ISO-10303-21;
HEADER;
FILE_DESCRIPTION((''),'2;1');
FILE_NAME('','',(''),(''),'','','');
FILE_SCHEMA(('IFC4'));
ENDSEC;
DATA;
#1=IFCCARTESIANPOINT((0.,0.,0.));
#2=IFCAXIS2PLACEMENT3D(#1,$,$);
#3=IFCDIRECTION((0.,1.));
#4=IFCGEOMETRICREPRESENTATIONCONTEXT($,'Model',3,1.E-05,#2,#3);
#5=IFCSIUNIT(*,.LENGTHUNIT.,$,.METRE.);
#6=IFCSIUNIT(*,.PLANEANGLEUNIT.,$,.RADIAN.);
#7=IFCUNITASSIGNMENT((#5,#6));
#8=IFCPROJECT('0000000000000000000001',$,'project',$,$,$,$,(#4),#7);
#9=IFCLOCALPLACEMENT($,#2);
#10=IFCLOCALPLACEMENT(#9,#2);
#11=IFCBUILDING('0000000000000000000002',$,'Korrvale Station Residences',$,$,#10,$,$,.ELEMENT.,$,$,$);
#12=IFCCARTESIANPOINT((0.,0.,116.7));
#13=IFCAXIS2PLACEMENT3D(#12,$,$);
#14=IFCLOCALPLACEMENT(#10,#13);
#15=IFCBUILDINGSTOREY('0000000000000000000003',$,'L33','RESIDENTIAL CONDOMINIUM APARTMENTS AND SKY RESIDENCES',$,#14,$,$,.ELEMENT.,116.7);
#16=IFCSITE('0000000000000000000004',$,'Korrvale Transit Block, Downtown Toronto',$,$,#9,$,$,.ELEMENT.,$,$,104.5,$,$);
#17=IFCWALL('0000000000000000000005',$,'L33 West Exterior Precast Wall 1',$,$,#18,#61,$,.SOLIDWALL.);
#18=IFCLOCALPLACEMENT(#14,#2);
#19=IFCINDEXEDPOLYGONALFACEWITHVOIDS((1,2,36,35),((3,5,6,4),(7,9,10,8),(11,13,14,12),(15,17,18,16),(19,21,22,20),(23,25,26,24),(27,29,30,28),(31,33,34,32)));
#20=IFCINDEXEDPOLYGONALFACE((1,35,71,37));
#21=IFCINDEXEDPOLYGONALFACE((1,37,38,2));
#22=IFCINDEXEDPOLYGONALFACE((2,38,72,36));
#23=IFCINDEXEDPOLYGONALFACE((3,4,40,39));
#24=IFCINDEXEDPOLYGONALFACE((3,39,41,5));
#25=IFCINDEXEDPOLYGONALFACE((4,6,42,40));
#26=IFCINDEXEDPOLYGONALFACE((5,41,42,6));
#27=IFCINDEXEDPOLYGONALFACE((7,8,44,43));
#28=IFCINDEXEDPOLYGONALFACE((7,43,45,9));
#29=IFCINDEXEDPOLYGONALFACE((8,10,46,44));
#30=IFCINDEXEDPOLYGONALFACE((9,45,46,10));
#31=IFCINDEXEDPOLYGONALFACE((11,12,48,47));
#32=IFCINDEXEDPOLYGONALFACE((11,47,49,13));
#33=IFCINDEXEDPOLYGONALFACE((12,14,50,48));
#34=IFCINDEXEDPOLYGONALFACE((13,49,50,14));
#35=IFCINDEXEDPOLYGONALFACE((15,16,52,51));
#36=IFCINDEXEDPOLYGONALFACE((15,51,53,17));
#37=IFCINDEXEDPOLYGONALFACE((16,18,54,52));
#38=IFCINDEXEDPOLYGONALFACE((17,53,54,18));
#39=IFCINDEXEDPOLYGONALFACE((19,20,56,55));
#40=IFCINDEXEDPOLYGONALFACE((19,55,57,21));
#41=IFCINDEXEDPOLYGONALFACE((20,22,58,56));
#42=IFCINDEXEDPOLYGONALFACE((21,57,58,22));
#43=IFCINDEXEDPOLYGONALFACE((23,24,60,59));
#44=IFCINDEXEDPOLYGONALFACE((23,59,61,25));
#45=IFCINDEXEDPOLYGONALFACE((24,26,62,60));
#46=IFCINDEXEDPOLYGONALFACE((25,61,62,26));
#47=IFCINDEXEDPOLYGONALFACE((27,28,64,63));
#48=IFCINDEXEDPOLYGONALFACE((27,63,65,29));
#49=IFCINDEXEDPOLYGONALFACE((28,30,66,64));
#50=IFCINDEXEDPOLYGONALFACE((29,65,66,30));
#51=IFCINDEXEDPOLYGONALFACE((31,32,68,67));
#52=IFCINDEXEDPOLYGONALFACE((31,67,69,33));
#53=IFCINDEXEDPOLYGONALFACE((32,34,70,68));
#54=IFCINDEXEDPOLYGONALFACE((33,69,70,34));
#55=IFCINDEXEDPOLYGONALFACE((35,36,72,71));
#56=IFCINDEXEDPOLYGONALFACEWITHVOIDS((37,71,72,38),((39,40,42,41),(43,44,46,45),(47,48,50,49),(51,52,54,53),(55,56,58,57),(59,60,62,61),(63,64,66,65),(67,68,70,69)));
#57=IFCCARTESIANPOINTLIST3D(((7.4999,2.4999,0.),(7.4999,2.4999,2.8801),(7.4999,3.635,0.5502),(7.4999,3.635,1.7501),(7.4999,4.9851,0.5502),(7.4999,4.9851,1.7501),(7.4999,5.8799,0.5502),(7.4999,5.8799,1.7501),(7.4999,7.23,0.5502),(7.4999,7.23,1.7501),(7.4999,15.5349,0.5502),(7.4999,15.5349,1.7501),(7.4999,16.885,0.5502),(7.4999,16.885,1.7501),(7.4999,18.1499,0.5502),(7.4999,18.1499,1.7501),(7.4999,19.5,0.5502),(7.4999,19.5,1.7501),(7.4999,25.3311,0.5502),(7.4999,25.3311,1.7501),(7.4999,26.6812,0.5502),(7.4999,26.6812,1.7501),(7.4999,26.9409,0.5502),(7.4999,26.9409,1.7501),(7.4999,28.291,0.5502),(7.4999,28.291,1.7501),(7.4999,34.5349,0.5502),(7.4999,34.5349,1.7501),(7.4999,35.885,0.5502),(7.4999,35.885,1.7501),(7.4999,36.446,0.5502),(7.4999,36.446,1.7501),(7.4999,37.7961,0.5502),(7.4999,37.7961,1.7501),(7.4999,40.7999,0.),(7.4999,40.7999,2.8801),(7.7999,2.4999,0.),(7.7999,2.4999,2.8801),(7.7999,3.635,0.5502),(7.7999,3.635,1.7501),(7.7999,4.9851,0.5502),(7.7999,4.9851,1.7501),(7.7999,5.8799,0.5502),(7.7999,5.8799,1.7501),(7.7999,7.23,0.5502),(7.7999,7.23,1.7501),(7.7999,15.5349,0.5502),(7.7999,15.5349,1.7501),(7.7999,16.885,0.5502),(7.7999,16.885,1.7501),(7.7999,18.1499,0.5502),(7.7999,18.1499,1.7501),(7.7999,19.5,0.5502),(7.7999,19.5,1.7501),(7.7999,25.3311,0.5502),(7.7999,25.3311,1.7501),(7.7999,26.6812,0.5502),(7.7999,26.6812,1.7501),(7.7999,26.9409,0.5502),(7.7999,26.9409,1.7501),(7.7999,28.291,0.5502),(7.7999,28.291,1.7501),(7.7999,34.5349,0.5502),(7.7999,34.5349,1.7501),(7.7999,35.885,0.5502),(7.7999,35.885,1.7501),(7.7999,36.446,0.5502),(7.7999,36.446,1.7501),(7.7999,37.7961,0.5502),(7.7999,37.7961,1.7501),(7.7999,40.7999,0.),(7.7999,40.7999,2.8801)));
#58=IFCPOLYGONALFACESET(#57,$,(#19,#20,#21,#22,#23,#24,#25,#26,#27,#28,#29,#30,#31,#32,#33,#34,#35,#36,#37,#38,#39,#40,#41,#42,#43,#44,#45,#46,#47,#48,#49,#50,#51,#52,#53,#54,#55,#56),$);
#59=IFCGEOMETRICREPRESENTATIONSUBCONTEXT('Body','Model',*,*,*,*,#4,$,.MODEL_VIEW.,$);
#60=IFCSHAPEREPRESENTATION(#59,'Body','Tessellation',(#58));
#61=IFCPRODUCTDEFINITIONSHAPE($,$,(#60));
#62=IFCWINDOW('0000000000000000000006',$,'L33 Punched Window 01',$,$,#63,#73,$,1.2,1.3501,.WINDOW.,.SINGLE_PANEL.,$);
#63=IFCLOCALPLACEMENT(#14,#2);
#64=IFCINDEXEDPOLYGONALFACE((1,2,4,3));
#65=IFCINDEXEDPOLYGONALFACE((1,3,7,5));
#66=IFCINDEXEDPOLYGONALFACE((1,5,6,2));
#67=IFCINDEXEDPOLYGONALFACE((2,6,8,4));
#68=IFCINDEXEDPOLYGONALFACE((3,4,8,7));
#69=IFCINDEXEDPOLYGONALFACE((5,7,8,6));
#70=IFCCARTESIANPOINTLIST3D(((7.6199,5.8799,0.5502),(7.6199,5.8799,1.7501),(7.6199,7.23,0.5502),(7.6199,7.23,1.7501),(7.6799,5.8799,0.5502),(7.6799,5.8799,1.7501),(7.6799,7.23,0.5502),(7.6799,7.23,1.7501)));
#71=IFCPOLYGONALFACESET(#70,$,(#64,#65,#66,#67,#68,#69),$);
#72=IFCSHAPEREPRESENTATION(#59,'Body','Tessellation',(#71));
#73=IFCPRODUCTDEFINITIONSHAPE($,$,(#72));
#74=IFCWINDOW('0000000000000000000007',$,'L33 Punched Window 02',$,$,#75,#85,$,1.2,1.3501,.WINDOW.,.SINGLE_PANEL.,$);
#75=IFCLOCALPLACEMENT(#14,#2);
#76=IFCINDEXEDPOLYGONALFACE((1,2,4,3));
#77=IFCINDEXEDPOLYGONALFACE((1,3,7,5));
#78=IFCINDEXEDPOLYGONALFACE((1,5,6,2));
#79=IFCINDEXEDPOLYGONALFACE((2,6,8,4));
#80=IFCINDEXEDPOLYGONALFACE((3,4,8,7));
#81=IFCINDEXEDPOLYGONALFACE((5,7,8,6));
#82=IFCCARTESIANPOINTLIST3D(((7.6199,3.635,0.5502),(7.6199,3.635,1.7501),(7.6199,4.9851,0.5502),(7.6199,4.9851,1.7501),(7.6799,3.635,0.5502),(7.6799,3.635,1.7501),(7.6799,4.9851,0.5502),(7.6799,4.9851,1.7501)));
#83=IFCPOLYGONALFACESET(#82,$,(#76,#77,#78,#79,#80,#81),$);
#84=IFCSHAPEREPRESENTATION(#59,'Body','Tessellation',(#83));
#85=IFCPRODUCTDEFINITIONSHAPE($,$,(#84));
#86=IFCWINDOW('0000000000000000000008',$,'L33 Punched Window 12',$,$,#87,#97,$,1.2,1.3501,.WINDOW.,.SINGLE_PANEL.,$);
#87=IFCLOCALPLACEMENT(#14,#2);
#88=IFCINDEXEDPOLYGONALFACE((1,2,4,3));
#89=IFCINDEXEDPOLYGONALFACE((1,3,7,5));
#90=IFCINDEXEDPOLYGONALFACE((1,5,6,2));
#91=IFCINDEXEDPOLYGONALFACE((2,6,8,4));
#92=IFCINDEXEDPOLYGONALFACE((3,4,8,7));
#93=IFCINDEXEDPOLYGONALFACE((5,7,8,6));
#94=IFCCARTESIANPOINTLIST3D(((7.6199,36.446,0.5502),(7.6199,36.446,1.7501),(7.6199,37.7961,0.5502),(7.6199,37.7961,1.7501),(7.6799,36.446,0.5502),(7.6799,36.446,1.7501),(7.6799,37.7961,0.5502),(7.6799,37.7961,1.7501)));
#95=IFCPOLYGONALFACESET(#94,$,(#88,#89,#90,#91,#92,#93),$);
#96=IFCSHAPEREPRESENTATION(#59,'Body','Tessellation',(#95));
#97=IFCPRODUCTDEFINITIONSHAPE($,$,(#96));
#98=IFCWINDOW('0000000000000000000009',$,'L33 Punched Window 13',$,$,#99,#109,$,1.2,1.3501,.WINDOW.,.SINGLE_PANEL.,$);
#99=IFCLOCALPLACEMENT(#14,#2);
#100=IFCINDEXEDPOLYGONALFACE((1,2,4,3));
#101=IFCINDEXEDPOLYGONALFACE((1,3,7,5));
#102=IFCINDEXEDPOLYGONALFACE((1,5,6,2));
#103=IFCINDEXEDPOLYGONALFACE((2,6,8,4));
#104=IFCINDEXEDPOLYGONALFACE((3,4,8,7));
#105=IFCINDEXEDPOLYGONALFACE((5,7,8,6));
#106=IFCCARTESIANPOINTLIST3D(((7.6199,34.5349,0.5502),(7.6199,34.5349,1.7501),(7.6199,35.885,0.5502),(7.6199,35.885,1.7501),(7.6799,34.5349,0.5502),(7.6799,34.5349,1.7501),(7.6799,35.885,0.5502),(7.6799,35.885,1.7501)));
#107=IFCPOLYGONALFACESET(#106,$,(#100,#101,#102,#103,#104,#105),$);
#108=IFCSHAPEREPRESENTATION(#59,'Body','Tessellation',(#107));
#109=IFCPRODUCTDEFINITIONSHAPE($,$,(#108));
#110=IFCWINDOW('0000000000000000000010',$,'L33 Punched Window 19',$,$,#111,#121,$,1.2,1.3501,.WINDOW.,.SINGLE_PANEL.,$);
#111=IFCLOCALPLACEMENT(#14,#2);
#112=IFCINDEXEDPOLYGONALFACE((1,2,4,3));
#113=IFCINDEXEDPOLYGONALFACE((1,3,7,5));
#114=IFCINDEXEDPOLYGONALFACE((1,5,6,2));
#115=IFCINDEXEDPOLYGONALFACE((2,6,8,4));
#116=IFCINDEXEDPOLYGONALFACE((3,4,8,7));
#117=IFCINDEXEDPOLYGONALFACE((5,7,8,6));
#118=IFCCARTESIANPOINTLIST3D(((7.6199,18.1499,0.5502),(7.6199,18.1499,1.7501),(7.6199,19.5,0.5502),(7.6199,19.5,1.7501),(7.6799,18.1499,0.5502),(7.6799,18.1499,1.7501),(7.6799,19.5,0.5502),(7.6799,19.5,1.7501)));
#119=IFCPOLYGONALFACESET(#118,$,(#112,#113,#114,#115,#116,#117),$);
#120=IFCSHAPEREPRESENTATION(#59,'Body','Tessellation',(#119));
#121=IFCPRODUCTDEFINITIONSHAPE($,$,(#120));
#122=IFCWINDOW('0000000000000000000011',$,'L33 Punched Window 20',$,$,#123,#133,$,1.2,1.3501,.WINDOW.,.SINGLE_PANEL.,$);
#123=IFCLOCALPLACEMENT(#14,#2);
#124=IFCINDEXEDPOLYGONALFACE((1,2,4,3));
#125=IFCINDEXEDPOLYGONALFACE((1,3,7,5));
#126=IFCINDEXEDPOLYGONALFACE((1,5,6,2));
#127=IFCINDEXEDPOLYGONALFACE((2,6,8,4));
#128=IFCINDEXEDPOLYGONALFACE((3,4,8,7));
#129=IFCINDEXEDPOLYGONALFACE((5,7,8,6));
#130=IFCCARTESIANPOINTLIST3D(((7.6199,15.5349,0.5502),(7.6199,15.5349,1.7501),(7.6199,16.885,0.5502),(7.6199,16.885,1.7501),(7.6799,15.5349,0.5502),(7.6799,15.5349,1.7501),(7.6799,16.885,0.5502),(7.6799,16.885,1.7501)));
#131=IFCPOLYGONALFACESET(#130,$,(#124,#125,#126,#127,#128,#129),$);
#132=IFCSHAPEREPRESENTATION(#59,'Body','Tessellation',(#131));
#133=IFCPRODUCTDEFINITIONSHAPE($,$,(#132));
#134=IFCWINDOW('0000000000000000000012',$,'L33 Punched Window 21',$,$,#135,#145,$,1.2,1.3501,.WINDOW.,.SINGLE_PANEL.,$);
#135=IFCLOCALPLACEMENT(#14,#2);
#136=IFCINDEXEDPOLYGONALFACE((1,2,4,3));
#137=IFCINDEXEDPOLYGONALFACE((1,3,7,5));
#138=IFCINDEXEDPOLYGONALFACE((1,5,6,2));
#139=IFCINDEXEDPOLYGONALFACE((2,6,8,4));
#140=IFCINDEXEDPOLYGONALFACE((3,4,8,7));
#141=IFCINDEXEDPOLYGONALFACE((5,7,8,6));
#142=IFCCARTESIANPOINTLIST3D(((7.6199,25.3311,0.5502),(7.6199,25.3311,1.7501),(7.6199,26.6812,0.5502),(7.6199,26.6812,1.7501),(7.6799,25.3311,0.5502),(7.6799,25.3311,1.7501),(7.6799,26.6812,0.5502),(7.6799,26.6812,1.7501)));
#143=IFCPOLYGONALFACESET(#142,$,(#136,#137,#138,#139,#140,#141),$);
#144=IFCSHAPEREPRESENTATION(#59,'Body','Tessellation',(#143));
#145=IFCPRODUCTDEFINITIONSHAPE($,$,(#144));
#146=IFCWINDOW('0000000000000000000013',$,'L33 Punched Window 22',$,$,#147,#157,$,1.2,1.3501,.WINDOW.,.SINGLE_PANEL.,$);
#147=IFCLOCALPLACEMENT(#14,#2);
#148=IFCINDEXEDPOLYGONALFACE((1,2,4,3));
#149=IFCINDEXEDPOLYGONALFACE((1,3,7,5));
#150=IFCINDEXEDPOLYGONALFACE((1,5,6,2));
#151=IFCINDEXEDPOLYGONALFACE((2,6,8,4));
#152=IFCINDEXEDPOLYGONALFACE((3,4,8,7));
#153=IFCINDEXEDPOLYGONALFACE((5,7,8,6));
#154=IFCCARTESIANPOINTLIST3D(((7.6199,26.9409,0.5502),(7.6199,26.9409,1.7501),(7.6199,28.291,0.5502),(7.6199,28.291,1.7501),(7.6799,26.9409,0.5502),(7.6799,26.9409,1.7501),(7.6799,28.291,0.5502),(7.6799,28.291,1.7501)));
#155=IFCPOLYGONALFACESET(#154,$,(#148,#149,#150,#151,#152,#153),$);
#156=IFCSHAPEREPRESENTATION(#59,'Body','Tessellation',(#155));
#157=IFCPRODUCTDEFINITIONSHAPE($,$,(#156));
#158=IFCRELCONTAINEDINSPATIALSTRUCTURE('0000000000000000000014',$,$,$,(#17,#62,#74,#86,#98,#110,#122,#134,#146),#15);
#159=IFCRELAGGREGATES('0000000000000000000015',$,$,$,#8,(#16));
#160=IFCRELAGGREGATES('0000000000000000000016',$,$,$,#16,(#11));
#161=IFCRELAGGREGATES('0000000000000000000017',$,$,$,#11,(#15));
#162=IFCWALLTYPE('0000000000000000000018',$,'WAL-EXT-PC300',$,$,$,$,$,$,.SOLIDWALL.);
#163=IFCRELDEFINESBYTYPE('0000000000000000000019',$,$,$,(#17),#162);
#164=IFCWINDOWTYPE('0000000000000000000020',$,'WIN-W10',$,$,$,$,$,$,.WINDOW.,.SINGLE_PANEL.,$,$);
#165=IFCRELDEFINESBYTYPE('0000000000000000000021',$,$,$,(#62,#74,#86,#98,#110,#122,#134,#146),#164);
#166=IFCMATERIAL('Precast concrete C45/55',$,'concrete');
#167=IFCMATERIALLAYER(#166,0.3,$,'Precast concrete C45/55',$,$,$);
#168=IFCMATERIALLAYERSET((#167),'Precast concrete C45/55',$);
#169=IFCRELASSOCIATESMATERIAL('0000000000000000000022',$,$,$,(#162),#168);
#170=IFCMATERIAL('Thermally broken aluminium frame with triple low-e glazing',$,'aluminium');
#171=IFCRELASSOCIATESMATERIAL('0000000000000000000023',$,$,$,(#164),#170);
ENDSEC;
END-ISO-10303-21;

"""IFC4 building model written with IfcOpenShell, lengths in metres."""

from ifc_helpers import new_model, si_unit, direction, frame, frame_2d, origin, place, context, subcontext, project, spatial, rectangle, extrude, material, layer, layer_set, type_object, element, fill, save


model = new_model("IFC4")

# Units and contexts
model_context = context("Model", 3, precision=1e-05, world=origin(), true_north=direction((0.0, 1.0)))
body_context = subcontext(model_context, "Body", "Model", "MODEL_VIEW")
ifc_project = project(units=[si_unit("LENGTHUNIT", "METRE"), si_unit("PLANEANGLEUNIT", "RADIAN")], contexts=[model_context])

# Site, building, storey
site_placement = place(None, origin())
site = spatial("IfcSite", under=ifc_project, at=site_placement, Name="Korrvale Transit Block, Downtown Toronto", CompositionType="ELEMENT", RefElevation=104.5)
building_placement = place(site_placement, origin())
building = spatial("IfcBuilding", under=site, at=building_placement, Name="Korrvale Station Residences", CompositionType="ELEMENT")
storey_placement = place(building_placement, frame((0.0, 0.0, 116.7)))
storey = spatial("IfcBuildingStorey", under=building, at=storey_placement, Name="L33", Description="RESIDENTIAL CONDOMINIUM APARTMENTS AND SKY RESIDENCES", CompositionType="ELEMENT", Elevation=116.7)

# Shared definitions
ifc_material_1 = material(Name="Precast concrete C45/55", Category="concrete")
ifc_layer_1 = layer(ifc_material_1, 0.3, Name="Precast concrete C45/55")
ifc_layer_set_1 = layer_set([ifc_layer_1], Name="Precast concrete C45/55")
wall_type_1 = type_object("IfcWallType", Name="WAL-EXT-PC300", PredefinedType="SOLIDWALL", material=ifc_layer_set_1)

# Wall, openings, windows
wall_1_placement = place(storey_placement, frame((7.6499, 2.5, 0.0), z_axis=(0.0, 0.0, 1.0), x_axis=(0.0, 1.0, 0.0)))
wall_1 = element("IfcWall", 1, at=wall_1_placement, inside=storey, type_object=wall_type_1, Name="L33 West Exterior Precast Wall 1", PredefinedType="SOLIDWALL", context=body_context, shape_type="SweptSolid", body=[
    extrude(rectangle(XDim=38.3, YDim=0.3, at=frame_2d((19.1499, 0.0))), origin(), (0.0, 0.0, 1.0), 2.8801),
])
opening_1_placement = place(wall_1_placement, frame((3.3799, 0.0, 0.55)))
opening_1 = element("IfcOpeningElement", 2, at=opening_1_placement, cuts=wall_1, PredefinedType="OPENING", context=body_context, shape_type="SweptSolid", body=[
    extrude(rectangle(XDim=1.3501, YDim=1.2, at=frame_2d((0.675, 0.6001))), frame((0.0, 0.1602, 0.0), z_axis=(0.0, -1.0, 0.0), x_axis=(1.0, 0.0, 0.0)), (0.0, 0.0, 1.0), 0.3201),
])
opening_2_placement = place(wall_1_placement, frame((1.135, 0.0, 0.55)))
opening_2 = element("IfcOpeningElement", 3, at=opening_2_placement, cuts=wall_1, PredefinedType="OPENING", context=body_context, shape_type="SweptSolid", body=[
    extrude(rectangle(XDim=1.3501, YDim=1.2, at=frame_2d((0.675, 0.6001))), frame((0.0, 0.1602, 0.0), z_axis=(0.0, -1.0, 0.0), x_axis=(1.0, 0.0, 0.0)), (0.0, 0.0, 1.0), 0.3201),
])
opening_3_placement = place(wall_1_placement, frame((33.946, 0.0, 0.55)))
opening_3 = element("IfcOpeningElement", 4, at=opening_3_placement, cuts=wall_1, PredefinedType="OPENING", context=body_context, shape_type="SweptSolid", body=[
    extrude(rectangle(XDim=1.3501, YDim=1.2, at=frame_2d((0.675, 0.6001))), frame((0.0, 0.1602, 0.0), z_axis=(0.0, -1.0, 0.0), x_axis=(1.0, 0.0, 0.0)), (0.0, 0.0, 1.0), 0.3201),
])
opening_4_placement = place(wall_1_placement, frame((32.0349, 0.0, 0.55)))
opening_4 = element("IfcOpeningElement", 5, at=opening_4_placement, cuts=wall_1, PredefinedType="OPENING", context=body_context, shape_type="SweptSolid", body=[
    extrude(rectangle(XDim=1.3501, YDim=1.2, at=frame_2d((0.675, 0.6001))), frame((0.0, 0.1602, 0.0), z_axis=(0.0, -1.0, 0.0), x_axis=(1.0, 0.0, 0.0)), (0.0, 0.0, 1.0), 0.3201),
])
opening_5_placement = place(wall_1_placement, frame((15.6499, 0.0, 0.55)))
opening_5 = element("IfcOpeningElement", 6, at=opening_5_placement, cuts=wall_1, PredefinedType="OPENING", context=body_context, shape_type="SweptSolid", body=[
    extrude(rectangle(XDim=1.3501, YDim=1.2, at=frame_2d((0.675, 0.6001))), frame((0.0, 0.1602, 0.0), z_axis=(0.0, -1.0, 0.0), x_axis=(1.0, 0.0, 0.0)), (0.0, 0.0, 1.0), 0.3201),
])
opening_6_placement = place(wall_1_placement, frame((13.0349, 0.0, 0.55)))
opening_6 = element("IfcOpeningElement", 7, at=opening_6_placement, cuts=wall_1, PredefinedType="OPENING", context=body_context, shape_type="SweptSolid", body=[
    extrude(rectangle(XDim=1.3501, YDim=1.2, at=frame_2d((0.675, 0.6001))), frame((0.0, 0.1602, 0.0), z_axis=(0.0, -1.0, 0.0), x_axis=(1.0, 0.0, 0.0)), (0.0, 0.0, 1.0), 0.3201),
])
opening_7_placement = place(wall_1_placement, frame((22.8311, 0.0, 0.55)))
opening_7 = element("IfcOpeningElement", 8, at=opening_7_placement, cuts=wall_1, PredefinedType="OPENING", context=body_context, shape_type="SweptSolid", body=[
    extrude(rectangle(XDim=1.3501, YDim=1.2, at=frame_2d((0.675, 0.6001))), frame((0.0, 0.1602, 0.0), z_axis=(0.0, -1.0, 0.0), x_axis=(1.0, 0.0, 0.0)), (0.0, 0.0, 1.0), 0.3201),
])
opening_8_placement = place(wall_1_placement, frame((24.4409, 0.0, 0.55)))
opening_8 = element("IfcOpeningElement", 9, at=opening_8_placement, cuts=wall_1, PredefinedType="OPENING", context=body_context, shape_type="SweptSolid", body=[
    extrude(rectangle(XDim=1.3501, YDim=1.2, at=frame_2d((0.675, 0.6001))), frame((0.0, 0.1602, 0.0), z_axis=(0.0, -1.0, 0.0), x_axis=(1.0, 0.0, 0.0)), (0.0, 0.0, 1.0), 0.3201),
])
ifc_material_2 = material(Name="Thermally broken aluminium frame with triple low-e glazing", Category="aluminium")
window_type = type_object("IfcWindowType", Name="WIN-W10", PartitioningType="SINGLE_PANEL", PredefinedType="WINDOW", material=ifc_material_2)
window_1_placement = place(opening_1_placement, origin())
window_1 = element("IfcWindow", 10, at=window_1_placement, inside=storey, type_object=window_type, Name="L33 Punched Window 01", OverallHeight=1.2, OverallWidth=1.3501, PartitioningType="SINGLE_PANEL", PredefinedType="WINDOW", context=body_context, shape_type="SweptSolid", body=[
    extrude(rectangle(XDim=1.3501, YDim=1.2, at=frame_2d((0.675, 0.6001))), frame((0.0, 0.03, 0.0), z_axis=(0.0, -1.0, 0.0), x_axis=(1.0, 0.0, 0.0)), (0.0, 0.0, 1.0), 0.0601),
])
fill(opening_1, window_1)
window_2_placement = place(opening_2_placement, origin())
window_2 = element("IfcWindow", 11, at=window_2_placement, inside=storey, type_object=window_type, Name="L33 Punched Window 02", OverallHeight=1.2, OverallWidth=1.3501, PartitioningType="SINGLE_PANEL", PredefinedType="WINDOW", context=body_context, shape_type="SweptSolid", body=[
    extrude(rectangle(XDim=1.3501, YDim=1.2, at=frame_2d((0.675, 0.6001))), frame((0.0, 0.03, 0.0), z_axis=(0.0, -1.0, 0.0), x_axis=(1.0, 0.0, 0.0)), (0.0, 0.0, 1.0), 0.0601),
])
fill(opening_2, window_2)
window_3_placement = place(opening_3_placement, origin())
window_3 = element("IfcWindow", 12, at=window_3_placement, inside=storey, type_object=window_type, Name="L33 Punched Window 12", OverallHeight=1.2, OverallWidth=1.3501, PartitioningType="SINGLE_PANEL", PredefinedType="WINDOW", context=body_context, shape_type="SweptSolid", body=[
    extrude(rectangle(XDim=1.3501, YDim=1.2, at=frame_2d((0.675, 0.6001))), frame((0.0, 0.03, 0.0), z_axis=(0.0, -1.0, 0.0), x_axis=(1.0, 0.0, 0.0)), (0.0, 0.0, 1.0), 0.0601),
])
fill(opening_3, window_3)
window_4_placement = place(opening_4_placement, origin())
window_4 = element("IfcWindow", 13, at=window_4_placement, inside=storey, type_object=window_type, Name="L33 Punched Window 13", OverallHeight=1.2, OverallWidth=1.3501, PartitioningType="SINGLE_PANEL", PredefinedType="WINDOW", context=body_context, shape_type="SweptSolid", body=[
    extrude(rectangle(XDim=1.3501, YDim=1.2, at=frame_2d((0.675, 0.6001))), frame((0.0, 0.03, 0.0), z_axis=(0.0, -1.0, 0.0), x_axis=(1.0, 0.0, 0.0)), (0.0, 0.0, 1.0), 0.0601),
])
fill(opening_4, window_4)
window_5_placement = place(opening_5_placement, origin())
window_5 = element("IfcWindow", 14, at=window_5_placement, inside=storey, type_object=window_type, Name="L33 Punched Window 19", OverallHeight=1.2, OverallWidth=1.3501, PartitioningType="SINGLE_PANEL", PredefinedType="WINDOW", context=body_context, shape_type="SweptSolid", body=[
    extrude(rectangle(XDim=1.3501, YDim=1.2, at=frame_2d((0.675, 0.6001))), frame((0.0, 0.03, 0.0), z_axis=(0.0, -1.0, 0.0), x_axis=(1.0, 0.0, 0.0)), (0.0, 0.0, 1.0), 0.0601),
])
fill(opening_5, window_5)
window_6_placement = place(opening_6_placement, origin())
window_6 = element("IfcWindow", 15, at=window_6_placement, inside=storey, type_object=window_type, Name="L33 Punched Window 20", OverallHeight=1.2, OverallWidth=1.3501, PartitioningType="SINGLE_PANEL", PredefinedType="WINDOW", context=body_context, shape_type="SweptSolid", body=[
    extrude(rectangle(XDim=1.3501, YDim=1.2, at=frame_2d((0.675, 0.6001))), frame((0.0, 0.03, 0.0), z_axis=(0.0, -1.0, 0.0), x_axis=(1.0, 0.0, 0.0)), (0.0, 0.0, 1.0), 0.0601),
])
fill(opening_6, window_6)
window_7_placement = place(opening_7_placement, origin())
window_7 = element("IfcWindow", 16, at=window_7_placement, inside=storey, type_object=window_type, Name="L33 Punched Window 21", OverallHeight=1.2, OverallWidth=1.3501, PartitioningType="SINGLE_PANEL", PredefinedType="WINDOW", context=body_context, shape_type="SweptSolid", body=[
    extrude(rectangle(XDim=1.3501, YDim=1.2, at=frame_2d((0.675, 0.6001))), frame((0.0, 0.03, 0.0), z_axis=(0.0, -1.0, 0.0), x_axis=(1.0, 0.0, 0.0)), (0.0, 0.0, 1.0), 0.0601),
])
fill(opening_7, window_7)
window_8_placement = place(opening_8_placement, origin())
window_8 = element("IfcWindow", 17, at=window_8_placement, inside=storey, type_object=window_type, Name="L33 Punched Window 22", OverallHeight=1.2, OverallWidth=1.3501, PartitioningType="SINGLE_PANEL", PredefinedType="WINDOW", context=body_context, shape_type="SweptSolid", body=[
    extrude(rectangle(XDim=1.3501, YDim=1.2, at=frame_2d((0.675, 0.6001))), frame((0.0, 0.03, 0.0), z_axis=(0.0, -1.0, 0.0), x_axis=(1.0, 0.0, 0.0)), (0.0, 0.0, 1.0), 0.0601),
])
fill(opening_8, window_8)

save(model, "model.ifc")
